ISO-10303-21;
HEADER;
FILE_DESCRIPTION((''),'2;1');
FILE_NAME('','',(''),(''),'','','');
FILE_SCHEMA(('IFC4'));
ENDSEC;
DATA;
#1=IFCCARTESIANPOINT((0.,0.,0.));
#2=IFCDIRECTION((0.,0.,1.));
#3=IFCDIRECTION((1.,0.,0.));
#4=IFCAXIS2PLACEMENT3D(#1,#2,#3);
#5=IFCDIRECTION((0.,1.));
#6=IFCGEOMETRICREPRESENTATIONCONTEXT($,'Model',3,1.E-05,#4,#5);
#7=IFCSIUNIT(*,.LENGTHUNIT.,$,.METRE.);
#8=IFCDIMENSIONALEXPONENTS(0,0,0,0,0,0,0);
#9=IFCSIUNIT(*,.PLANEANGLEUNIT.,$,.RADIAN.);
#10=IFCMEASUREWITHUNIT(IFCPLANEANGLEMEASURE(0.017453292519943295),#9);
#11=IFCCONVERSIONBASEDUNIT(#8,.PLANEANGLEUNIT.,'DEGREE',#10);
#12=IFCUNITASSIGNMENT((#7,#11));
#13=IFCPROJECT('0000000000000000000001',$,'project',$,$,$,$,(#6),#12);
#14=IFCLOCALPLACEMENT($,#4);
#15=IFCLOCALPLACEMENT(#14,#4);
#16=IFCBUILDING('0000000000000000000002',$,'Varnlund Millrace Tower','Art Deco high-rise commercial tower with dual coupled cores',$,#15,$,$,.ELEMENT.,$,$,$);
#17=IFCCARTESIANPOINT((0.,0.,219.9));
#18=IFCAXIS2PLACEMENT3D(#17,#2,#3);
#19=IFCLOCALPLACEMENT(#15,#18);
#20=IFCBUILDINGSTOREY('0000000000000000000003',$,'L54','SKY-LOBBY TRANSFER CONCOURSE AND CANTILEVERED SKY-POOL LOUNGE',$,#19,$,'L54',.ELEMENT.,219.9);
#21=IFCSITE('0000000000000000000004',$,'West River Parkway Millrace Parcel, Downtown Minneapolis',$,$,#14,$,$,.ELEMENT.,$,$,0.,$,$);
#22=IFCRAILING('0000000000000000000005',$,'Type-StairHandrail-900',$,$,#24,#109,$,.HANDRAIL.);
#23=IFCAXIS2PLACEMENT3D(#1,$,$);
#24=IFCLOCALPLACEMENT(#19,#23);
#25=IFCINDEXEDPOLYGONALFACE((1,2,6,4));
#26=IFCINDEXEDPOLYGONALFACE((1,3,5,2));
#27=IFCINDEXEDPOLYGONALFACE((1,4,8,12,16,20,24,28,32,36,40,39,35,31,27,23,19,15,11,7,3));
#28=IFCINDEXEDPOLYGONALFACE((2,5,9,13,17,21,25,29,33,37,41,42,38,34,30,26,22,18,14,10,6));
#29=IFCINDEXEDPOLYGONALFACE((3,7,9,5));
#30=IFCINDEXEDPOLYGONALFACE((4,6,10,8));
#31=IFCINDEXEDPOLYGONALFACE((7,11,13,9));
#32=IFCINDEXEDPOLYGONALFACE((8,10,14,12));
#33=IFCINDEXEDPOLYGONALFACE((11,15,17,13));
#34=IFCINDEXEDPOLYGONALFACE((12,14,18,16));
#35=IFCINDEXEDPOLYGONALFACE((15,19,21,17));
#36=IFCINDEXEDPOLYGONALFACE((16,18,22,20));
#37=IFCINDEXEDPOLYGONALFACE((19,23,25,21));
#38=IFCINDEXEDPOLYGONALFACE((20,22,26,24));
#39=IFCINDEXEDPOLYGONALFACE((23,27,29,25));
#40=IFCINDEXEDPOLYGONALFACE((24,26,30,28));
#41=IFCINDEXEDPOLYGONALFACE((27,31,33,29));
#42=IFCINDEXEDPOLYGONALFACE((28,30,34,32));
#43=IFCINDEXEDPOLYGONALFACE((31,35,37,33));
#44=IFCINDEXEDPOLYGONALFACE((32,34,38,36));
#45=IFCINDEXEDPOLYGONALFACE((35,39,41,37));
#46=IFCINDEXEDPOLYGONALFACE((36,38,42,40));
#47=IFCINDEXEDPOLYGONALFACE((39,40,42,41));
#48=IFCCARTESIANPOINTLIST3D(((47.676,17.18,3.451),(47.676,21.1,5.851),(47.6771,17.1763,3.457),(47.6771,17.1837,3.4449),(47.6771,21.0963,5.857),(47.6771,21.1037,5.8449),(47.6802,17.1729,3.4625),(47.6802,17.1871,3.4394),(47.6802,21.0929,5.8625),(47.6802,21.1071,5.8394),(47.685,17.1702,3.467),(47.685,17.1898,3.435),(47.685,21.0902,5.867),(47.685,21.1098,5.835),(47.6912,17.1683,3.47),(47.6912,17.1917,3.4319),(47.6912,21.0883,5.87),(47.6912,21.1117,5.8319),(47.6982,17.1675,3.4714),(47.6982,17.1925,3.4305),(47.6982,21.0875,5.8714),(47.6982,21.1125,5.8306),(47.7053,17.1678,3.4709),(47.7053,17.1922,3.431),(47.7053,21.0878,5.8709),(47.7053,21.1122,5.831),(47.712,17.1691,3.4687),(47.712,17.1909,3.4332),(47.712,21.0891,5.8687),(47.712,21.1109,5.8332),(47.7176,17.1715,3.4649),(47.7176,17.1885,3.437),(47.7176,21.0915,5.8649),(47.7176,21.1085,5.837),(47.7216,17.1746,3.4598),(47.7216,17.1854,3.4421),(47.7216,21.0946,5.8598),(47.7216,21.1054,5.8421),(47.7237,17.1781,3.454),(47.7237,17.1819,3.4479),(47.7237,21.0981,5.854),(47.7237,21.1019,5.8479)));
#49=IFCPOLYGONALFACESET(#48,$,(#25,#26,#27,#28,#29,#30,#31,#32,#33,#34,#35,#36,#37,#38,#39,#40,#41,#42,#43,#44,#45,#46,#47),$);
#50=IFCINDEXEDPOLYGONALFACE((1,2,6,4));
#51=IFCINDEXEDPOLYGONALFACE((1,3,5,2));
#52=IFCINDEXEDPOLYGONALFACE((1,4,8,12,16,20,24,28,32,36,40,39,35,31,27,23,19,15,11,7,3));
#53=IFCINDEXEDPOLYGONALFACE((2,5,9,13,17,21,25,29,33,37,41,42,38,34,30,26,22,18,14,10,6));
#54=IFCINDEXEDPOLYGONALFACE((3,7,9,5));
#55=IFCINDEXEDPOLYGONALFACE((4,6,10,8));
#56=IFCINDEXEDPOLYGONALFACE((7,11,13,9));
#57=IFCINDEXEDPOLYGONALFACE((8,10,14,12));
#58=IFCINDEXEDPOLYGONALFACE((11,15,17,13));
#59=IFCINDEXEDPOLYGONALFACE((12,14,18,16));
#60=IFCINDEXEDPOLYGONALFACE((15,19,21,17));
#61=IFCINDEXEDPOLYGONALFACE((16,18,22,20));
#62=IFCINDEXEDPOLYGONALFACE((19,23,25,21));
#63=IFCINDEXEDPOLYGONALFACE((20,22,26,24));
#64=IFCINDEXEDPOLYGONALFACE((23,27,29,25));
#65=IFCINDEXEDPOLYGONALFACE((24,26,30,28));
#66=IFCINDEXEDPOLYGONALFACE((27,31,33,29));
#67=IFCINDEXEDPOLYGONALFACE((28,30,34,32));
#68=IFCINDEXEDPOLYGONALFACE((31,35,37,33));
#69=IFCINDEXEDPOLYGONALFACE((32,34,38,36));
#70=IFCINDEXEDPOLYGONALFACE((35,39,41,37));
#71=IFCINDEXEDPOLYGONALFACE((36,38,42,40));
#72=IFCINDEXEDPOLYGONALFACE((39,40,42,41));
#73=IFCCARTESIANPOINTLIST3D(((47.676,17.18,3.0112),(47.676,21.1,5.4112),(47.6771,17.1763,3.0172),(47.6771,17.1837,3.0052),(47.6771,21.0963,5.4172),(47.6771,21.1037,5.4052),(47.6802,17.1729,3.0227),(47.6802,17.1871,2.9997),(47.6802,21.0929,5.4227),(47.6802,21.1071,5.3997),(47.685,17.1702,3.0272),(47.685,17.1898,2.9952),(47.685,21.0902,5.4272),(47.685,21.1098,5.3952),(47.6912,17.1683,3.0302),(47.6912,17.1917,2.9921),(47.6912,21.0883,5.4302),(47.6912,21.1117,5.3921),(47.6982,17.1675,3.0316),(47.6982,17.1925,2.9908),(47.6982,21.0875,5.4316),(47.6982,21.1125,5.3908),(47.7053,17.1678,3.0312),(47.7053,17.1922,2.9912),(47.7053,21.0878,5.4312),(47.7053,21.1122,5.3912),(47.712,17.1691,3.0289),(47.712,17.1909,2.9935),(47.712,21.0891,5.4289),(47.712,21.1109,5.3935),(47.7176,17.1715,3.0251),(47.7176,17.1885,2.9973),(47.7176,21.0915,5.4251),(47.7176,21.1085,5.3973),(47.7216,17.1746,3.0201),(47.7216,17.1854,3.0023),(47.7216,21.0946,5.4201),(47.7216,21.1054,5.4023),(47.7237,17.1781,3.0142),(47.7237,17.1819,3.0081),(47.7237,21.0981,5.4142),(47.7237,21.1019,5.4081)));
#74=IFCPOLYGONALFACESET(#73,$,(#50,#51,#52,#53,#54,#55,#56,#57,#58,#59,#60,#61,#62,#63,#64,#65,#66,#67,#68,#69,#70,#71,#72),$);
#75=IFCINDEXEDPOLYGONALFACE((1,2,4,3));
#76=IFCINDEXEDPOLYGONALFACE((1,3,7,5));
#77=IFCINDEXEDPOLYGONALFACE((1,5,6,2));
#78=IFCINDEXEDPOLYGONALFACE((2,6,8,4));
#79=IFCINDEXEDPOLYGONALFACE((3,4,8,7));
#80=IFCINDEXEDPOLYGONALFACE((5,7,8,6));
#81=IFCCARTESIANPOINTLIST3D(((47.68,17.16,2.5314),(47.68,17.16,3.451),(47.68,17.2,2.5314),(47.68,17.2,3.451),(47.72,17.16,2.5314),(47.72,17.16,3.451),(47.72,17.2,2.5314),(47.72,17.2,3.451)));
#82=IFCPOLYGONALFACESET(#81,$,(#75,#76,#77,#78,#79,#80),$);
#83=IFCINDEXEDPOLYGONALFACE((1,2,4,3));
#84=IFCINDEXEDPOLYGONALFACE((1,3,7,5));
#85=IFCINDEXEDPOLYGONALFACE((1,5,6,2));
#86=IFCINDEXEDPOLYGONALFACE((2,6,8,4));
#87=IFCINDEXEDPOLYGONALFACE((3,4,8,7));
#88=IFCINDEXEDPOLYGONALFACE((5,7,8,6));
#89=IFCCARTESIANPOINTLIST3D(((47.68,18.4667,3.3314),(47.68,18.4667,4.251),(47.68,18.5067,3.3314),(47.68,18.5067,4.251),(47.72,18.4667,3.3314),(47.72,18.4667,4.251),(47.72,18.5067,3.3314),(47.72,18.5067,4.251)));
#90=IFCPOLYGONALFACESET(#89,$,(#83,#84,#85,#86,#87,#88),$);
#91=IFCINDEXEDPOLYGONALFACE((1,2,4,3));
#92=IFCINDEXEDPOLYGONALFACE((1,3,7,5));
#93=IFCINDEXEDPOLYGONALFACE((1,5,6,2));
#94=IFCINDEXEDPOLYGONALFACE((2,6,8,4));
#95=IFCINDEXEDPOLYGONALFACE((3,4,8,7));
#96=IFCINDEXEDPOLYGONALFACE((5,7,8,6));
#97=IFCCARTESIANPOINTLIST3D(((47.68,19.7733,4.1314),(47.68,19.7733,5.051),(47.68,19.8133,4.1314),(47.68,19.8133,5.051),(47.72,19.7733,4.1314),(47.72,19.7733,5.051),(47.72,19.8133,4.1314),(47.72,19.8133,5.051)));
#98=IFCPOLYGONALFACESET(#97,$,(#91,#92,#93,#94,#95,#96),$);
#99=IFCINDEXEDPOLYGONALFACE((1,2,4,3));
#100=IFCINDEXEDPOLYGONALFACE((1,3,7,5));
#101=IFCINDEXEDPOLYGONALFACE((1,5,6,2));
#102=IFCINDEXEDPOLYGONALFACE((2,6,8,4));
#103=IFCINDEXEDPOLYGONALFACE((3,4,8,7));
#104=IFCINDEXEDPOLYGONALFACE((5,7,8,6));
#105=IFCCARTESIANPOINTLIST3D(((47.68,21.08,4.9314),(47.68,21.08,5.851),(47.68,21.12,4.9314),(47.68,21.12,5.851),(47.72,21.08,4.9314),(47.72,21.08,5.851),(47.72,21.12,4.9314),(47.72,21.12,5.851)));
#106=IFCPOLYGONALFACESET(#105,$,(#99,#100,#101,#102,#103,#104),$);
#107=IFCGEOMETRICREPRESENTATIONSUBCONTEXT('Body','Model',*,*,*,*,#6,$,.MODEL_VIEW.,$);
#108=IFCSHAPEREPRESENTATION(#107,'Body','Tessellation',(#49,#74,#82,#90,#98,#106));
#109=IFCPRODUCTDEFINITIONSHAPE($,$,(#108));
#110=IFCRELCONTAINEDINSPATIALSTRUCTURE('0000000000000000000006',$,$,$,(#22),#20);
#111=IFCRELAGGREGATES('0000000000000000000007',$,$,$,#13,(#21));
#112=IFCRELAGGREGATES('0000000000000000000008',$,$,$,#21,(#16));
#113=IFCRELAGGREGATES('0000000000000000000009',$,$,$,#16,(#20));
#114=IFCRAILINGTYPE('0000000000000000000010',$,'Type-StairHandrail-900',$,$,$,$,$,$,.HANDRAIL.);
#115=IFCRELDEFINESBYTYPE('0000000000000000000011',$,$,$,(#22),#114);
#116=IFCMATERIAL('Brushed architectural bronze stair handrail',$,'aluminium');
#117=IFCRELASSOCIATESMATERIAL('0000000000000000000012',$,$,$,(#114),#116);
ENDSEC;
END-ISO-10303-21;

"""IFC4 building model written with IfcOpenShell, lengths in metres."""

from ifc_helpers import new_model, entity, si_unit, converted_unit, direction, frame, origin_with_axes, origin_2d_with_axis, place, context, subcontext, project, spatial, rectangle, circle, extrude, material, type_object, element, save


model = new_model("IFC4")

# Units and contexts
model_context = context("Model", 3, precision=1e-05, world=origin_with_axes(), true_north=direction((0.0, 1.0)))
body_context = subcontext(model_context, "Body", "Model", "MODEL_VIEW")
ifc_project = project(units=[si_unit("LENGTHUNIT", "METRE"), converted_unit("PLANEANGLEUNIT", "DEGREE", entity("IfcPlaneAngleMeasure", 0.017453292519943295), si_unit("PLANEANGLEUNIT", "RADIAN"), dimensions=[0, 0, 0, 0, 0, 0, 0])], contexts=[model_context])

# Site, building, storey
site_placement = place(None, origin_with_axes())
site = spatial("IfcSite", under=ifc_project, at=site_placement, Name="West River Parkway Millrace Parcel, Downtown Minneapolis", CompositionType="ELEMENT", RefElevation=0.0)
building_placement = place(site_placement, origin_with_axes())
building = spatial("IfcBuilding", under=site, at=building_placement, Name="Varnlund Millrace Tower", Description="Art Deco high-rise commercial tower with dual coupled cores", CompositionType="ELEMENT")
storey_placement = place(building_placement, frame((0.0, 0.0, 219.9), z_axis=(0.0, 0.0, 1.0), x_axis=(1.0, 0.0, 0.0)))
storey = spatial("IfcBuildingStorey", under=building, at=storey_placement, Name="L54", Description="SKY-LOBBY TRANSFER CONCOURSE AND CANTILEVERED SKY-POOL LOUNGE", LongName="L54", CompositionType="ELEMENT", Elevation=219.9)

# Railing
ifc_material_1 = material(Name="Brushed architectural bronze stair handrail", Category="aluminium")
railing_type_1 = type_object("IfcRailingType", Name="Type-StairHandrail-900", PredefinedType="HANDRAIL", material=ifc_material_1)
railing_1_placement = place(storey_placement, frame((0.0, 0.0, -219.9), z_axis=(0.0, 0.0, 1.0), x_axis=(1.0, 0.0, 0.0)))
element("IfcRailing", 1, at=railing_1_placement, inside=storey, type_object=railing_type_1, Name="Type-StairHandrail-900", PredefinedType="HANDRAIL", context=body_context, shape_type="SweptSolid", body=[
    extrude(circle(Radius=0.024, at=origin_2d_with_axis()), frame((47.7, 17.18, 223.351), z_axis=(0.0, 0.852851, 0.522154), x_axis=(-1.0, 0.0, 0.0)), (0.0, 0.0, 1.0), 4.5963),
    extrude(circle(Radius=0.024, at=origin_2d_with_axis()), frame((47.7, 17.18, 222.9112), z_axis=(0.0, 0.852851, 0.522154), x_axis=(-1.0, 0.0, 0.0)), (0.0, 0.0, 1.0), 4.5963),
    extrude(rectangle(XDim=0.04, YDim=0.04, at=origin_2d_with_axis()), frame((47.7, 17.18, 222.4314), z_axis=(0.0, 0.0, 1.0), x_axis=(1.0, 0.0, 0.0)), (0.0, 0.0, 1.0), 0.9195),
    extrude(rectangle(XDim=0.04, YDim=0.04, at=origin_2d_with_axis()), frame((47.7, 18.4867, 223.2314), z_axis=(0.0, 0.0, 1.0), x_axis=(1.0, 0.0, 0.0)), (0.0, 0.0, 1.0), 0.9195),
    extrude(rectangle(XDim=0.04, YDim=0.04, at=origin_2d_with_axis()), frame((47.7, 19.7933, 224.0314), z_axis=(0.0, 0.0, 1.0), x_axis=(1.0, 0.0, 0.0)), (0.0, 0.0, 1.0), 0.9195),
    extrude(rectangle(XDim=0.04, YDim=0.04, at=origin_2d_with_axis()), frame((47.7, 21.1, 224.8314), z_axis=(0.0, 0.0, 1.0), x_axis=(1.0, 0.0, 0.0)), (0.0, 0.0, 1.0), 0.9195),
])

save(model, "model.ifc")
